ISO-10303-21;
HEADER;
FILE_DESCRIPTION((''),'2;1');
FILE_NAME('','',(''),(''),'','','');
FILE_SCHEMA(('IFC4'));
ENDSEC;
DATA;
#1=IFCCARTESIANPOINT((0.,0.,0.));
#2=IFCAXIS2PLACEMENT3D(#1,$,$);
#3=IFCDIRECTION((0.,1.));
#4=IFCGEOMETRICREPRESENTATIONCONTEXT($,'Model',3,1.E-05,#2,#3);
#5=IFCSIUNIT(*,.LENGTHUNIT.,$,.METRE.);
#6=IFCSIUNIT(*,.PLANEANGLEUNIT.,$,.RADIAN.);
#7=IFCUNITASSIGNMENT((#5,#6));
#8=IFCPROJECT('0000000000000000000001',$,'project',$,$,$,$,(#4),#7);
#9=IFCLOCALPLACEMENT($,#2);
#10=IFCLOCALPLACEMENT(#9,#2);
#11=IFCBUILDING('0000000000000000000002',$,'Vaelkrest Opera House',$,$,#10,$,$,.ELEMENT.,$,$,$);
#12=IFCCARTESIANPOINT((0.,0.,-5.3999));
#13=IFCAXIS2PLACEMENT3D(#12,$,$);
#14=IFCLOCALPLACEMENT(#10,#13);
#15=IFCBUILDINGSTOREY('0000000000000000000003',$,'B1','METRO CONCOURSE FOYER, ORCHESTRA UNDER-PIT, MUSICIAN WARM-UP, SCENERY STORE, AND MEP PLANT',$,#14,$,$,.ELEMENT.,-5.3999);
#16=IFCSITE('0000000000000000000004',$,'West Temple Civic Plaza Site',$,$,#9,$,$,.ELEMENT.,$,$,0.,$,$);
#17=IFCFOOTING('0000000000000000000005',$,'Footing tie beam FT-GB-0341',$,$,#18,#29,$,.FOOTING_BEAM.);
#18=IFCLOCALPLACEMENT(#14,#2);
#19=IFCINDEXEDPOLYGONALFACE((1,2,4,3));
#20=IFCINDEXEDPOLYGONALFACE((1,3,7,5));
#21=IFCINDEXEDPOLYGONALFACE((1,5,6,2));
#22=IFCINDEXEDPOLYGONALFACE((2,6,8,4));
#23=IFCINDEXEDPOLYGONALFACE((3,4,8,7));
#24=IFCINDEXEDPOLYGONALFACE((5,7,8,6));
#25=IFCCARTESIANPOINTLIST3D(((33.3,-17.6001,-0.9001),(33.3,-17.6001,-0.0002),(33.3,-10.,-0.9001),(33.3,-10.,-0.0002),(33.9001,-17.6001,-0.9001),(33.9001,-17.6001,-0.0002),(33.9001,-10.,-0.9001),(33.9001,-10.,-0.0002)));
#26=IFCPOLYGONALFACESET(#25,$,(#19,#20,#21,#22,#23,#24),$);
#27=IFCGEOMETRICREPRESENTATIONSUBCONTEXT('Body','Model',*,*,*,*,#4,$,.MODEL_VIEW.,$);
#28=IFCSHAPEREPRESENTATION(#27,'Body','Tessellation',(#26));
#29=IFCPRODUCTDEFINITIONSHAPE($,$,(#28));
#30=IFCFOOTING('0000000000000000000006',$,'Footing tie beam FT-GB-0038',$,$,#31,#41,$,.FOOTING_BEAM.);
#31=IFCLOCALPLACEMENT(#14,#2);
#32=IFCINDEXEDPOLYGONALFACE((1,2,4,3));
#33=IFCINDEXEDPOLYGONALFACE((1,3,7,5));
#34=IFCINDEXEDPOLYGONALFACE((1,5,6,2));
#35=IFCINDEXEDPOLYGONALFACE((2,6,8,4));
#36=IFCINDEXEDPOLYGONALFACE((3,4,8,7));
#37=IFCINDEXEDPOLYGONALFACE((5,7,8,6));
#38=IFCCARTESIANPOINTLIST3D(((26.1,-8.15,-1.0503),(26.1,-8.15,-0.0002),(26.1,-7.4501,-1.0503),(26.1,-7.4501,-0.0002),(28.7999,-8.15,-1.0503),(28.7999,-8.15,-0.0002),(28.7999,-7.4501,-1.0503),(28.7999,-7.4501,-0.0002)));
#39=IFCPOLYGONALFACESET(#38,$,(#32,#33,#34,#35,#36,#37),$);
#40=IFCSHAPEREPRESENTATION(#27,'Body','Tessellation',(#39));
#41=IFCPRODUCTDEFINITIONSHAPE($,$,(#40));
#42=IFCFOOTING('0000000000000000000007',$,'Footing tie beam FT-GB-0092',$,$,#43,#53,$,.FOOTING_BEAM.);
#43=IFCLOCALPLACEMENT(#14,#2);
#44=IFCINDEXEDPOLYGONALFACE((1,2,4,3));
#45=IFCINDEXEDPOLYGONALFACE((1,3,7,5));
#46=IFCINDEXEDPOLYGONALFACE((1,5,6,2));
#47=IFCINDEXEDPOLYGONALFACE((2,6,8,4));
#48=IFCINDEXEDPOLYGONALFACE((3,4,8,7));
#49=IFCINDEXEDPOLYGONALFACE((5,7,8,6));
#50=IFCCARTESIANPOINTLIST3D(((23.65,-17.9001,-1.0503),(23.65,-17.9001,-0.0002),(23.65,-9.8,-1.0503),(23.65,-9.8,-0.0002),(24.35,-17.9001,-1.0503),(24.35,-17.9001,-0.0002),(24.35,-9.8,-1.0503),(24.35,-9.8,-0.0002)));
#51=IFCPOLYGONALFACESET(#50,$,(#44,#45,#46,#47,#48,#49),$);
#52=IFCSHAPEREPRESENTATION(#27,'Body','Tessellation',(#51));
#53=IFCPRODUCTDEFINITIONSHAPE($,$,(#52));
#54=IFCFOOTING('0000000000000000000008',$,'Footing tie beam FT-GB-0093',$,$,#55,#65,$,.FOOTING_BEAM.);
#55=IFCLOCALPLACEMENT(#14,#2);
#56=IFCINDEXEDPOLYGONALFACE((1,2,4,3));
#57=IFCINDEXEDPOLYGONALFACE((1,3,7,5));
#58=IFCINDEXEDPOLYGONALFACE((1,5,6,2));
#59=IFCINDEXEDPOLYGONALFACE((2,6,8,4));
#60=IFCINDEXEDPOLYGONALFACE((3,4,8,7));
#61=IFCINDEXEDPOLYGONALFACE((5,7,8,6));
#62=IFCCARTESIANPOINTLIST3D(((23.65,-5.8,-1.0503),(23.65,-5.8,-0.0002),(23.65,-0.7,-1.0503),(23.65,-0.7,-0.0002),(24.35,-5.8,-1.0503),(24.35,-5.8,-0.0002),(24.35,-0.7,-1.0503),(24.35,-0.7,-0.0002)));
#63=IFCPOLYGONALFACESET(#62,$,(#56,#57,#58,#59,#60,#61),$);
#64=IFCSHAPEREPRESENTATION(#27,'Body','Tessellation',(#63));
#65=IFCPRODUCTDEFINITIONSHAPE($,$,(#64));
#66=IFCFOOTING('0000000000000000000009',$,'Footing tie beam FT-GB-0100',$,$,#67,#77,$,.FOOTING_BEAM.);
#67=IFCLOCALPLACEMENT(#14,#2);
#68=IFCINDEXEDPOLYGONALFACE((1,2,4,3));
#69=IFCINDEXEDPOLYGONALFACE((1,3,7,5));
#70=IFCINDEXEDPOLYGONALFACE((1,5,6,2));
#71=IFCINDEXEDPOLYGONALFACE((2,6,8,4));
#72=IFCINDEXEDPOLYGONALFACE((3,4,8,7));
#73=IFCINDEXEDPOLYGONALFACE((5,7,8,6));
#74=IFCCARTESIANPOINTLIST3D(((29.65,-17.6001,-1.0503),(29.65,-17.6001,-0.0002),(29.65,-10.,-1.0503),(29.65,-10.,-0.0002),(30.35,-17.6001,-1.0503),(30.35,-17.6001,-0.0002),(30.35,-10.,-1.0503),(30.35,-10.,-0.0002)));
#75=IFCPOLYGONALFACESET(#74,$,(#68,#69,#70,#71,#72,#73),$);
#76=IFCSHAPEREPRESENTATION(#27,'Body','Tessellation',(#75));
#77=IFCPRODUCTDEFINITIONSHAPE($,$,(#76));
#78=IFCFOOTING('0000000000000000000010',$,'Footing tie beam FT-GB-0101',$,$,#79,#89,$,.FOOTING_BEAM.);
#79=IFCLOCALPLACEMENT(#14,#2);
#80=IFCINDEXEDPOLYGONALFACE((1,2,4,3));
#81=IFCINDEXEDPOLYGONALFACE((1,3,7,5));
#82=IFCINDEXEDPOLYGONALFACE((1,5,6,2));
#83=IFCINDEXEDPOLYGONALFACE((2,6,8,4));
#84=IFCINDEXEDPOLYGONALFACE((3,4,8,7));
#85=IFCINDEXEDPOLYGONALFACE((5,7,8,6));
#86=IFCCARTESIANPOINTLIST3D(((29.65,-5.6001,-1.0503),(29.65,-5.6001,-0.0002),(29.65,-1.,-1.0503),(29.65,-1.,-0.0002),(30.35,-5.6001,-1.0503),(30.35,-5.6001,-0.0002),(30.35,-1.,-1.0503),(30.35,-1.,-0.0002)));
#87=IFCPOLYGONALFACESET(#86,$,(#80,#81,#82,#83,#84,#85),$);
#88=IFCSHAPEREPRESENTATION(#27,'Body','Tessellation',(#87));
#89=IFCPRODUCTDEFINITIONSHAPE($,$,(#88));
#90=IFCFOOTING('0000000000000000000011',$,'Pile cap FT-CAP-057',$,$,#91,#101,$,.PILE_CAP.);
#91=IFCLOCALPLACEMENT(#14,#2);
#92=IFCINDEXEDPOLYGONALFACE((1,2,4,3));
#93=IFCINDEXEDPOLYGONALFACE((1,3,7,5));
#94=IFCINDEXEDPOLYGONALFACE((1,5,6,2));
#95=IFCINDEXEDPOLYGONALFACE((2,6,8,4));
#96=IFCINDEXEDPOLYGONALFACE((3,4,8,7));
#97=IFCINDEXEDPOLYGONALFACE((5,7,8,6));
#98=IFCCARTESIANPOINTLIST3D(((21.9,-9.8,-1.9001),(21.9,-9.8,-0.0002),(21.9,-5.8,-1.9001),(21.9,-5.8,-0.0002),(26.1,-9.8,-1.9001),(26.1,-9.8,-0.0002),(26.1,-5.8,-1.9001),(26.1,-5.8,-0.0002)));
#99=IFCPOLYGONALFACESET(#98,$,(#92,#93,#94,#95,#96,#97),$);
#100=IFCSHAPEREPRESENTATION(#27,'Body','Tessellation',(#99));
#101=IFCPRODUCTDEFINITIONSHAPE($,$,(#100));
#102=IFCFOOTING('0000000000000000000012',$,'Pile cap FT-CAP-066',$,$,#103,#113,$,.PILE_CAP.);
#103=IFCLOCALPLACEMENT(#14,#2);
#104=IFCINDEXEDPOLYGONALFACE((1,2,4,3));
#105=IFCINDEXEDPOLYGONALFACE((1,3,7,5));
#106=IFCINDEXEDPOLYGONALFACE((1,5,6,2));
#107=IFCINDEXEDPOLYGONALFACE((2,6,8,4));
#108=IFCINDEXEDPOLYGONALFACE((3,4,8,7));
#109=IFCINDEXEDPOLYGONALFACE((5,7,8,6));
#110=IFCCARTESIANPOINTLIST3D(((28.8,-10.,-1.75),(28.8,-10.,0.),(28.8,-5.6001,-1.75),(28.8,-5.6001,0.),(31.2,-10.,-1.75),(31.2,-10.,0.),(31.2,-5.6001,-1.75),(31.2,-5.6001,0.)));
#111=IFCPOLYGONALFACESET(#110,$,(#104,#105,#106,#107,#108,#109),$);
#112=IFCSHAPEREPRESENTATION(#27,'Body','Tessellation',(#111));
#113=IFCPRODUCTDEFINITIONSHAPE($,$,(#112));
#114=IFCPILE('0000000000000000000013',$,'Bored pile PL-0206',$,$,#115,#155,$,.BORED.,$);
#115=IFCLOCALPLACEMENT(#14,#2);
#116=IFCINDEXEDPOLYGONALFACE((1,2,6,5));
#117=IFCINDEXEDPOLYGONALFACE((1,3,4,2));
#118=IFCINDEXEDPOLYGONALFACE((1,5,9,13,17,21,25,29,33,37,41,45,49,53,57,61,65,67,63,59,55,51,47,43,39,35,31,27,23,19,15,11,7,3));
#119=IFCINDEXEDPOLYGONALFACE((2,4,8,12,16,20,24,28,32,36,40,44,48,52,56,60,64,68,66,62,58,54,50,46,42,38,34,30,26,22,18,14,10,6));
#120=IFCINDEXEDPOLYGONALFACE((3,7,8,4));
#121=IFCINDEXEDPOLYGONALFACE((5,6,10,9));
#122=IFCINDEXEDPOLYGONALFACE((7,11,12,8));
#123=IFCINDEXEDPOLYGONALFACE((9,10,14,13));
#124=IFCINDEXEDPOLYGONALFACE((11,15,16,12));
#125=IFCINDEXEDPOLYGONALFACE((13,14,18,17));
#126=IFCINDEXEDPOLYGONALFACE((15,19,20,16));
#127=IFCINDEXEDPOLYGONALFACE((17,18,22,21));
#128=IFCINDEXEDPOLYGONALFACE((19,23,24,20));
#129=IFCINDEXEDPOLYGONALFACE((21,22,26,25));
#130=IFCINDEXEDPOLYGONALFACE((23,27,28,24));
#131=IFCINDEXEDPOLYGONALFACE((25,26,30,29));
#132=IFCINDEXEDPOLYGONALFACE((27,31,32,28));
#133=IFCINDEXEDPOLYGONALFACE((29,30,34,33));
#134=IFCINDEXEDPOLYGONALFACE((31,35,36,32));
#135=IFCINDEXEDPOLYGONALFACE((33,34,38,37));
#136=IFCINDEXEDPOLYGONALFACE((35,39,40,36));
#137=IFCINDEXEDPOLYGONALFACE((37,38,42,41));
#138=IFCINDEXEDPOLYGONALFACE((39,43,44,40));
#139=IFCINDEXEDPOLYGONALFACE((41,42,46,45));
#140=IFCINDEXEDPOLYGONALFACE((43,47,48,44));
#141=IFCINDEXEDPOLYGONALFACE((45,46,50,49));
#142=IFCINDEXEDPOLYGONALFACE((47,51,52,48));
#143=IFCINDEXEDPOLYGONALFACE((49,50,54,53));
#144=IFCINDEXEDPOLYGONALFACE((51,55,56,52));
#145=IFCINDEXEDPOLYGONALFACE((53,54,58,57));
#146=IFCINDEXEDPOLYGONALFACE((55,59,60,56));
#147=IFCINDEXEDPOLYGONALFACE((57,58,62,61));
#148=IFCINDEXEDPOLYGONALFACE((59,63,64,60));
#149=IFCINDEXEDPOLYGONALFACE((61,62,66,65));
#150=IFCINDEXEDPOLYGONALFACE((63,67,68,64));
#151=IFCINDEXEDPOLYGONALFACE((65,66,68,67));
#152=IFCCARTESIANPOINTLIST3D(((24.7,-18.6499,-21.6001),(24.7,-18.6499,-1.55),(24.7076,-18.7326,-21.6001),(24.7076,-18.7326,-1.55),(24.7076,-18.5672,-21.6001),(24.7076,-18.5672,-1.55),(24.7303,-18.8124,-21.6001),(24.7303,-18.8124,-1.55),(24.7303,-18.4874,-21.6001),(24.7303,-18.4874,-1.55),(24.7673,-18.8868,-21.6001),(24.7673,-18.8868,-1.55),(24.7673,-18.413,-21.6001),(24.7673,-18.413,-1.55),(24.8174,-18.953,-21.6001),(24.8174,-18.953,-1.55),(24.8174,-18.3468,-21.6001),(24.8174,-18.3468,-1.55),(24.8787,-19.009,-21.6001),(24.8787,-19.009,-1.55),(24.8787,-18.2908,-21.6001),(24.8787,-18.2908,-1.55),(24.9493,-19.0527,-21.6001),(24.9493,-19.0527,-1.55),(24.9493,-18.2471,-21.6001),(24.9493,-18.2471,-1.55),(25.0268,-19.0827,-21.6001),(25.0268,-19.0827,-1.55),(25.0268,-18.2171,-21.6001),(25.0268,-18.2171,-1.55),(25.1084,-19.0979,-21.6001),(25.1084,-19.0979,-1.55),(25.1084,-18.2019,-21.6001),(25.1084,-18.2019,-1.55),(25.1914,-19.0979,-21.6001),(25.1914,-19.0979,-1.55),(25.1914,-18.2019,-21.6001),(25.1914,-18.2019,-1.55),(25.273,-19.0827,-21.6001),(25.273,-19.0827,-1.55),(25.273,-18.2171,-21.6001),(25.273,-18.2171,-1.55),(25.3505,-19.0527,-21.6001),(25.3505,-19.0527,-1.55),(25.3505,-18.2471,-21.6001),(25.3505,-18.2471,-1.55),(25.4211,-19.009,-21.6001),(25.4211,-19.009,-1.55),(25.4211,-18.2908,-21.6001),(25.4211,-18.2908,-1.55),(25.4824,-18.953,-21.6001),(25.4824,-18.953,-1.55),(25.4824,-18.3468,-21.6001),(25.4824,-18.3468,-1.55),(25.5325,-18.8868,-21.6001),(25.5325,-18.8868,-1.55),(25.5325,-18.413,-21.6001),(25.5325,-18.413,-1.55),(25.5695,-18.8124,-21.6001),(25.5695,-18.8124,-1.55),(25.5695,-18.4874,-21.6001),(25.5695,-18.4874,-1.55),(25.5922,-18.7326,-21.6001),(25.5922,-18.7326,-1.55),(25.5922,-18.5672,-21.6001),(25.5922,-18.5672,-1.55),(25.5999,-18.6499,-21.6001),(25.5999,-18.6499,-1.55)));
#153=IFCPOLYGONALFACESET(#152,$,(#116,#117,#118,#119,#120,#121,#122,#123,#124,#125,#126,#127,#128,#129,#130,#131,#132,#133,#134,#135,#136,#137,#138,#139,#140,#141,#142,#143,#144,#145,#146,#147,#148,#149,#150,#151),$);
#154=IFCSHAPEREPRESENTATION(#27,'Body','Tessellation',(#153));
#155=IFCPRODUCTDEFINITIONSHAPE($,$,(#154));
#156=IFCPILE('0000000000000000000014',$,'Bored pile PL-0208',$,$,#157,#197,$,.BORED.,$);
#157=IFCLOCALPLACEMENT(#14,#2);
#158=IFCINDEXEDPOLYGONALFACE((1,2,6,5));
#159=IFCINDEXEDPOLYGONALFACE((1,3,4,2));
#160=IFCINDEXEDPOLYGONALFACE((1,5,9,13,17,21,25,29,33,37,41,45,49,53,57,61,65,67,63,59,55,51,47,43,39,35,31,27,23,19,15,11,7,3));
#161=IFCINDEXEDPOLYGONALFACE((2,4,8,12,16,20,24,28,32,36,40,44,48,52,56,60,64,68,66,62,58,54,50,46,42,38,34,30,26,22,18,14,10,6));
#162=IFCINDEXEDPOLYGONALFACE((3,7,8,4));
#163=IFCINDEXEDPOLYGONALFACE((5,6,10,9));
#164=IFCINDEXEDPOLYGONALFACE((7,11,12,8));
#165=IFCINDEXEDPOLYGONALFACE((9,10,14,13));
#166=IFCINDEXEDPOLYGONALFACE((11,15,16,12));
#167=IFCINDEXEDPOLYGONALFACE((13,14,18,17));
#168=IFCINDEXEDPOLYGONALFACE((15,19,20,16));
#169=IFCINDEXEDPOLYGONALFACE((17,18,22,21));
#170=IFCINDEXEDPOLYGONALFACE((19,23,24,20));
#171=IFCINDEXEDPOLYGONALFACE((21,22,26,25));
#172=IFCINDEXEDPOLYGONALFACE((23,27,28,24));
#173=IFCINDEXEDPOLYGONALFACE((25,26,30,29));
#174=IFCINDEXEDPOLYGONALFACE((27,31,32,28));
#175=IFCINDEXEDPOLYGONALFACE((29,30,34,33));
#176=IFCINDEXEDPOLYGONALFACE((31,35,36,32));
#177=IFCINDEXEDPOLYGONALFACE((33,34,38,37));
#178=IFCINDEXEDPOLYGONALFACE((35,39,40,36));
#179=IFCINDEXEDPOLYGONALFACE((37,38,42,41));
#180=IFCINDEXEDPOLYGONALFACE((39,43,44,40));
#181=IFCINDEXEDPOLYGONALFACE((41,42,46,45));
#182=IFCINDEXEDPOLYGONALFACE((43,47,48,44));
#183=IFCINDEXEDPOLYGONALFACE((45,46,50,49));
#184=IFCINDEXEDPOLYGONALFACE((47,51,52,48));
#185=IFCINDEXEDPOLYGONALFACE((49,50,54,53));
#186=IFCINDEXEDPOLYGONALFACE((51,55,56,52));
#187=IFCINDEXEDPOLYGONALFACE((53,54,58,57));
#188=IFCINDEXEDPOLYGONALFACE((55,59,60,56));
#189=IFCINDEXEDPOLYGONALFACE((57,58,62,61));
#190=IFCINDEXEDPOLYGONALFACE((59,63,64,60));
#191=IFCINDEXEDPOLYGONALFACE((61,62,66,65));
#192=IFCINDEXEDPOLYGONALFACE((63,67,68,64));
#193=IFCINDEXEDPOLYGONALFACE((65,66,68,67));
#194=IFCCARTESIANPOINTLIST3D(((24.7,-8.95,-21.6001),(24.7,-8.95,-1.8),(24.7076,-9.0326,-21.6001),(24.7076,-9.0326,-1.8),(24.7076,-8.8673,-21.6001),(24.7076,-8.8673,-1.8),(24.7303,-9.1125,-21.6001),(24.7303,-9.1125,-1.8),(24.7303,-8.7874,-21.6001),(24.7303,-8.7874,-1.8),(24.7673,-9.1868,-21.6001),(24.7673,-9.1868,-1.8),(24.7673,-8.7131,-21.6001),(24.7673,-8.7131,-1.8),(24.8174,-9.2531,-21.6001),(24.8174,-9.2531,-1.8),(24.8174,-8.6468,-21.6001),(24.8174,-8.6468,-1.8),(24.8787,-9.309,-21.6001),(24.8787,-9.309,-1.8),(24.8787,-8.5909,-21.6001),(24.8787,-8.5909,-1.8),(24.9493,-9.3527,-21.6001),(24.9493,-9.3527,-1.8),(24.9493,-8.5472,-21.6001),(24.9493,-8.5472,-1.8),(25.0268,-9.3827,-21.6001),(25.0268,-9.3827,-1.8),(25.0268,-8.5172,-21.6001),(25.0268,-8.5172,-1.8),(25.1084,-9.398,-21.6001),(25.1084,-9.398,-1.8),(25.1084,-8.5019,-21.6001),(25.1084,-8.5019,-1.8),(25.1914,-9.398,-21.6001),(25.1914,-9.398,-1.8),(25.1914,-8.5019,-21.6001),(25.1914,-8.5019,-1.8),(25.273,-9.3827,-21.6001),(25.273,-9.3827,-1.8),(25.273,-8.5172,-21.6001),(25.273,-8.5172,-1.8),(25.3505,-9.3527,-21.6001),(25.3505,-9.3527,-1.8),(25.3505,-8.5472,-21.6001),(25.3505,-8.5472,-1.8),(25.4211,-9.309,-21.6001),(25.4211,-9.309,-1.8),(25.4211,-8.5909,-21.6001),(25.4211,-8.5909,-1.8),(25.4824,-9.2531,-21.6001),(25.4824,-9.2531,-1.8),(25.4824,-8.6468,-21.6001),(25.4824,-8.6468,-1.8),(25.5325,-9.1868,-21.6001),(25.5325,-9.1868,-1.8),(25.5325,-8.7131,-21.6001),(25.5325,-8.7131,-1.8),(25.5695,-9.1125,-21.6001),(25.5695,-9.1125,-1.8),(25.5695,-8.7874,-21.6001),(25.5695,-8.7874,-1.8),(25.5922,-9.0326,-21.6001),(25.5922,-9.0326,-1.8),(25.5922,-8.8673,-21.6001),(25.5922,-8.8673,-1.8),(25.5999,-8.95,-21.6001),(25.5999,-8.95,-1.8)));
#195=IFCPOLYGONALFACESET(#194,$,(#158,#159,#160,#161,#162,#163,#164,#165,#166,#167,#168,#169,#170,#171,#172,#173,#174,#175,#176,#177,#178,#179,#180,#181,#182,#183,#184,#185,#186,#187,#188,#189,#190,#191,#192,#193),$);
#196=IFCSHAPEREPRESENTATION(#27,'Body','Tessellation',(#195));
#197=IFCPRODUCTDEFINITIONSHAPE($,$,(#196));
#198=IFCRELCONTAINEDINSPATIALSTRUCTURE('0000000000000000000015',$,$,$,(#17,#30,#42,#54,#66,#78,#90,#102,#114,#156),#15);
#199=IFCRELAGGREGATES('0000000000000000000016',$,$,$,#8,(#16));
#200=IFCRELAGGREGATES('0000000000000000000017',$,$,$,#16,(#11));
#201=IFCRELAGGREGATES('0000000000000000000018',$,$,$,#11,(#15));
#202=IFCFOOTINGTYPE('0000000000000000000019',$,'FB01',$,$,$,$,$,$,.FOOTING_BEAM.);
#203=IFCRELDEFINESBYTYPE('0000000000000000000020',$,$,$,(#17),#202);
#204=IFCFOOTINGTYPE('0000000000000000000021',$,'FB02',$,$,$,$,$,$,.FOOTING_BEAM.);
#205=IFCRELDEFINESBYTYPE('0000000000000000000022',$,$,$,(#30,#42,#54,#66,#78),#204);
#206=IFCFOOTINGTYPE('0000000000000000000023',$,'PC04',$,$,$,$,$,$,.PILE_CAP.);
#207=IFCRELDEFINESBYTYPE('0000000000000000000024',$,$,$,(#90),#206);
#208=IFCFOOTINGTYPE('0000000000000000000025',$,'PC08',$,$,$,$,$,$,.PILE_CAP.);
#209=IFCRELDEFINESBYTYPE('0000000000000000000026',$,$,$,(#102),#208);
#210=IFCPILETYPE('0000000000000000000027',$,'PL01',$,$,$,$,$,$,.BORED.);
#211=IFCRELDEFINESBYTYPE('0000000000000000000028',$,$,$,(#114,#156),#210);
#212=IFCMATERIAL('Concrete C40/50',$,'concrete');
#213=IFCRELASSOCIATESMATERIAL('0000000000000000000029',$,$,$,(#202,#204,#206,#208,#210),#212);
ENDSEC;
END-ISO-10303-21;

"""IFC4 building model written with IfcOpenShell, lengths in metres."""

from ifc_helpers import new_model, si_unit, direction, frame, origin, origin_2d, place, context, subcontext, project, spatial, rectangle, circle, extrude, material, material_profile, profile_set, type_object, element, save


model = new_model("IFC4")

# Units and contexts
model_context = context("Model", 3, precision=1e-05, world=origin(), true_north=direction((0.0, 1.0)))
body_context = subcontext(model_context, "Body", "Model", "MODEL_VIEW")
ifc_project = project(units=[si_unit("LENGTHUNIT", "METRE"), si_unit("PLANEANGLEUNIT", "RADIAN")], contexts=[model_context])

# Site, building, storey
site_placement = place(None, origin())
site = spatial("IfcSite", under=ifc_project, at=site_placement, Name="West Temple Civic Plaza Site", CompositionType="ELEMENT", RefElevation=0.0)
building_placement = place(site_placement, origin())
building = spatial("IfcBuilding", under=site, at=building_placement, Name="Vaelkrest Opera House", CompositionType="ELEMENT")
storey_placement = place(building_placement, frame((0.0, 0.0, -5.3999)))
storey = spatial("IfcBuildingStorey", under=building, at=storey_placement, Name="B1", Description="METRO CONCOURSE FOYER, ORCHESTRA UNDER-PIT, MUSICIAN WARM-UP, SCENERY STORE, AND MEP PLANT", CompositionType="ELEMENT", Elevation=-5.3999)

# Footings
ifc_material_1 = material(Name="Concrete C40/50", Category="concrete")
footing_type_1 = type_object("IfcFootingType", Name="FB01", PredefinedType="FOOTING_BEAM", material=ifc_material_1)
footing_1_placement = place(storey_placement, frame((33.6001, -13.8, -0.9001), z_axis=(0.0, 0.0, 1.0), x_axis=(0.0, 1.0, 0.0)))
element("IfcFooting", 1, at=footing_1_placement, inside=storey, type_object=footing_type_1, Name="Footing tie beam FT-GB-0341", PredefinedType="FOOTING_BEAM", context=body_context, shape_type="SweptSolid", body=[
    extrude(rectangle(XDim=7.6001, YDim=0.6001, at=origin_2d()), origin(), (0.0, 0.0, 1.0), 0.8999),
])
footing_type_2 = type_object("IfcFootingType", Name="FB02", PredefinedType="FOOTING_BEAM", material=ifc_material_1)
footing_2_placement = place(storey_placement, frame((27.45, -7.8, -1.0503), z_axis=(0.0, 0.0, 1.0), x_axis=(1.0, 0.0, 0.0)))
element("IfcFooting", 2, at=footing_2_placement, inside=storey, type_object=footing_type_2, Name="Footing tie beam FT-GB-0038", PredefinedType="FOOTING_BEAM", context=body_context, shape_type="SweptSolid", body=[
    extrude(rectangle(XDim=2.7, YDim=0.7, at=origin_2d()), origin(), (0.0, 0.0, 1.0), 1.05),
])
footing_3_placement = place(storey_placement, frame((24.0, -13.8501, -1.0503), z_axis=(0.0, 0.0, 1.0), x_axis=(0.0, 1.0, 0.0)))
element("IfcFooting", 3, at=footing_3_placement, inside=storey, type_object=footing_type_2, Name="Footing tie beam FT-GB-0092", PredefinedType="FOOTING_BEAM", context=body_context, shape_type="SweptSolid", body=[
    extrude(rectangle(XDim=8.1001, YDim=0.7, at=origin_2d()), origin(), (0.0, 0.0, 1.0), 1.05),
])
footing_4_placement = place(storey_placement, frame((24.0, -3.25, -1.0503), z_axis=(0.0, 0.0, 1.0), x_axis=(0.0, 1.0, 0.0)))
element("IfcFooting", 4, at=footing_4_placement, inside=storey, type_object=footing_type_2, Name="Footing tie beam FT-GB-0093", PredefinedType="FOOTING_BEAM", context=body_context, shape_type="SweptSolid", body=[
    extrude(rectangle(XDim=5.1001, YDim=0.7, at=origin_2d()), origin(), (0.0, 0.0, 1.0), 1.05),
])
footing_5_placement = place(storey_placement, frame((30.0, -13.8, -1.0503), z_axis=(0.0, 0.0, 1.0), x_axis=(0.0, 1.0, 0.0)))
element("IfcFooting", 5, at=footing_5_placement, inside=storey, type_object=footing_type_2, Name="Footing tie beam FT-GB-0100", PredefinedType="FOOTING_BEAM", context=body_context, shape_type="SweptSolid", body=[
    extrude(rectangle(XDim=7.6001, YDim=0.7, at=origin_2d()), origin(), (0.0, 0.0, 1.0), 1.05),
])
footing_6_placement = place(storey_placement, frame((30.0, -3.3, -1.0503), z_axis=(0.0, 0.0, 1.0), x_axis=(0.0, 1.0, 0.0)))
element("IfcFooting", 6, at=footing_6_placement, inside=storey, type_object=footing_type_2, Name="Footing tie beam FT-GB-0101", PredefinedType="FOOTING_BEAM", context=body_context, shape_type="SweptSolid", body=[
    extrude(rectangle(XDim=4.6001, YDim=0.7, at=origin_2d()), origin(), (0.0, 0.0, 1.0), 1.05),
])
footing_type_3 = type_object("IfcFootingType", Name="PC04", PredefinedType="PILE_CAP", material=ifc_material_1)
footing_7_placement = place(storey_placement, frame((24.0, -7.8, -1.9001), z_axis=(0.0, 0.0, 1.0), x_axis=(1.0, 0.0, 0.0)))
element("IfcFooting", 7, at=footing_7_placement, inside=storey, type_object=footing_type_3, Name="Pile cap FT-CAP-057", PredefinedType="PILE_CAP", context=body_context, shape_type="SweptSolid", body=[
    extrude(rectangle(XDim=4.2, YDim=4.0, at=origin_2d()), origin(), (0.0, 0.0, 1.0), 1.8999),
])
footing_type_4 = type_object("IfcFootingType", Name="PC08", PredefinedType="PILE_CAP", material=ifc_material_1)
footing_8_placement = place(storey_placement, frame((30.0, -7.8, -1.75), z_axis=(0.0, 0.0, 1.0), x_axis=(1.0, 0.0, 0.0)))
element("IfcFooting", 8, at=footing_8_placement, inside=storey, type_object=footing_type_4, Name="Pile cap FT-CAP-066", PredefinedType="PILE_CAP", context=body_context, shape_type="SweptSolid", body=[
    extrude(rectangle(XDim=2.3999, YDim=4.3999, at=origin_2d()), origin(), (0.0, 0.0, 1.0), 1.75),
])

# Piles
ifc_material_profile_1 = material_profile(ifc_material_1, circle(Radius=0.45, at=origin_2d()), Name="PILE900")
ifc_profile_set_1 = profile_set([ifc_material_profile_1], Name="Concrete C40/50")
pile_type = type_object("IfcPileType", Name="PL01", PredefinedType="BORED", material=ifc_profile_set_1)
pile_placement = place(storey_placement, frame((25.1499, -18.6499, -1.55), z_axis=(0.0, 0.0, -1.0), x_axis=(1.0, 0.0, 0.0)))
element("IfcPile", 9, at=pile_placement, inside=storey, type_object=pile_type, Name="Bored pile PL-0206", PredefinedType="BORED", context=body_context, shape_type="SweptSolid", body=[
    extrude(circle(Radius=0.45, at=origin_2d()), origin(), (0.0, 0.0, 1.0), 20.05),
])
for number, where, z_axis, x_axis, name in (
    (10, (25.1499, -8.95, -1.8), (0.0, 0.0, -1.0), (1.0, 0.0, 0.0), "Bored pile PL-0208"),
):
    element("IfcPile", number, at=place(storey_placement, frame(where, z_axis=z_axis, x_axis=x_axis)), inside=storey, type_object=pile_type, Name=name, PredefinedType="BORED", context=body_context, shape_type="SweptSolid", body=[
        extrude(circle(Radius=0.45, at=origin_2d()), origin(), (0.0, 0.0, 1.0), 19.8),
    ])

save(model, "model.ifc")
